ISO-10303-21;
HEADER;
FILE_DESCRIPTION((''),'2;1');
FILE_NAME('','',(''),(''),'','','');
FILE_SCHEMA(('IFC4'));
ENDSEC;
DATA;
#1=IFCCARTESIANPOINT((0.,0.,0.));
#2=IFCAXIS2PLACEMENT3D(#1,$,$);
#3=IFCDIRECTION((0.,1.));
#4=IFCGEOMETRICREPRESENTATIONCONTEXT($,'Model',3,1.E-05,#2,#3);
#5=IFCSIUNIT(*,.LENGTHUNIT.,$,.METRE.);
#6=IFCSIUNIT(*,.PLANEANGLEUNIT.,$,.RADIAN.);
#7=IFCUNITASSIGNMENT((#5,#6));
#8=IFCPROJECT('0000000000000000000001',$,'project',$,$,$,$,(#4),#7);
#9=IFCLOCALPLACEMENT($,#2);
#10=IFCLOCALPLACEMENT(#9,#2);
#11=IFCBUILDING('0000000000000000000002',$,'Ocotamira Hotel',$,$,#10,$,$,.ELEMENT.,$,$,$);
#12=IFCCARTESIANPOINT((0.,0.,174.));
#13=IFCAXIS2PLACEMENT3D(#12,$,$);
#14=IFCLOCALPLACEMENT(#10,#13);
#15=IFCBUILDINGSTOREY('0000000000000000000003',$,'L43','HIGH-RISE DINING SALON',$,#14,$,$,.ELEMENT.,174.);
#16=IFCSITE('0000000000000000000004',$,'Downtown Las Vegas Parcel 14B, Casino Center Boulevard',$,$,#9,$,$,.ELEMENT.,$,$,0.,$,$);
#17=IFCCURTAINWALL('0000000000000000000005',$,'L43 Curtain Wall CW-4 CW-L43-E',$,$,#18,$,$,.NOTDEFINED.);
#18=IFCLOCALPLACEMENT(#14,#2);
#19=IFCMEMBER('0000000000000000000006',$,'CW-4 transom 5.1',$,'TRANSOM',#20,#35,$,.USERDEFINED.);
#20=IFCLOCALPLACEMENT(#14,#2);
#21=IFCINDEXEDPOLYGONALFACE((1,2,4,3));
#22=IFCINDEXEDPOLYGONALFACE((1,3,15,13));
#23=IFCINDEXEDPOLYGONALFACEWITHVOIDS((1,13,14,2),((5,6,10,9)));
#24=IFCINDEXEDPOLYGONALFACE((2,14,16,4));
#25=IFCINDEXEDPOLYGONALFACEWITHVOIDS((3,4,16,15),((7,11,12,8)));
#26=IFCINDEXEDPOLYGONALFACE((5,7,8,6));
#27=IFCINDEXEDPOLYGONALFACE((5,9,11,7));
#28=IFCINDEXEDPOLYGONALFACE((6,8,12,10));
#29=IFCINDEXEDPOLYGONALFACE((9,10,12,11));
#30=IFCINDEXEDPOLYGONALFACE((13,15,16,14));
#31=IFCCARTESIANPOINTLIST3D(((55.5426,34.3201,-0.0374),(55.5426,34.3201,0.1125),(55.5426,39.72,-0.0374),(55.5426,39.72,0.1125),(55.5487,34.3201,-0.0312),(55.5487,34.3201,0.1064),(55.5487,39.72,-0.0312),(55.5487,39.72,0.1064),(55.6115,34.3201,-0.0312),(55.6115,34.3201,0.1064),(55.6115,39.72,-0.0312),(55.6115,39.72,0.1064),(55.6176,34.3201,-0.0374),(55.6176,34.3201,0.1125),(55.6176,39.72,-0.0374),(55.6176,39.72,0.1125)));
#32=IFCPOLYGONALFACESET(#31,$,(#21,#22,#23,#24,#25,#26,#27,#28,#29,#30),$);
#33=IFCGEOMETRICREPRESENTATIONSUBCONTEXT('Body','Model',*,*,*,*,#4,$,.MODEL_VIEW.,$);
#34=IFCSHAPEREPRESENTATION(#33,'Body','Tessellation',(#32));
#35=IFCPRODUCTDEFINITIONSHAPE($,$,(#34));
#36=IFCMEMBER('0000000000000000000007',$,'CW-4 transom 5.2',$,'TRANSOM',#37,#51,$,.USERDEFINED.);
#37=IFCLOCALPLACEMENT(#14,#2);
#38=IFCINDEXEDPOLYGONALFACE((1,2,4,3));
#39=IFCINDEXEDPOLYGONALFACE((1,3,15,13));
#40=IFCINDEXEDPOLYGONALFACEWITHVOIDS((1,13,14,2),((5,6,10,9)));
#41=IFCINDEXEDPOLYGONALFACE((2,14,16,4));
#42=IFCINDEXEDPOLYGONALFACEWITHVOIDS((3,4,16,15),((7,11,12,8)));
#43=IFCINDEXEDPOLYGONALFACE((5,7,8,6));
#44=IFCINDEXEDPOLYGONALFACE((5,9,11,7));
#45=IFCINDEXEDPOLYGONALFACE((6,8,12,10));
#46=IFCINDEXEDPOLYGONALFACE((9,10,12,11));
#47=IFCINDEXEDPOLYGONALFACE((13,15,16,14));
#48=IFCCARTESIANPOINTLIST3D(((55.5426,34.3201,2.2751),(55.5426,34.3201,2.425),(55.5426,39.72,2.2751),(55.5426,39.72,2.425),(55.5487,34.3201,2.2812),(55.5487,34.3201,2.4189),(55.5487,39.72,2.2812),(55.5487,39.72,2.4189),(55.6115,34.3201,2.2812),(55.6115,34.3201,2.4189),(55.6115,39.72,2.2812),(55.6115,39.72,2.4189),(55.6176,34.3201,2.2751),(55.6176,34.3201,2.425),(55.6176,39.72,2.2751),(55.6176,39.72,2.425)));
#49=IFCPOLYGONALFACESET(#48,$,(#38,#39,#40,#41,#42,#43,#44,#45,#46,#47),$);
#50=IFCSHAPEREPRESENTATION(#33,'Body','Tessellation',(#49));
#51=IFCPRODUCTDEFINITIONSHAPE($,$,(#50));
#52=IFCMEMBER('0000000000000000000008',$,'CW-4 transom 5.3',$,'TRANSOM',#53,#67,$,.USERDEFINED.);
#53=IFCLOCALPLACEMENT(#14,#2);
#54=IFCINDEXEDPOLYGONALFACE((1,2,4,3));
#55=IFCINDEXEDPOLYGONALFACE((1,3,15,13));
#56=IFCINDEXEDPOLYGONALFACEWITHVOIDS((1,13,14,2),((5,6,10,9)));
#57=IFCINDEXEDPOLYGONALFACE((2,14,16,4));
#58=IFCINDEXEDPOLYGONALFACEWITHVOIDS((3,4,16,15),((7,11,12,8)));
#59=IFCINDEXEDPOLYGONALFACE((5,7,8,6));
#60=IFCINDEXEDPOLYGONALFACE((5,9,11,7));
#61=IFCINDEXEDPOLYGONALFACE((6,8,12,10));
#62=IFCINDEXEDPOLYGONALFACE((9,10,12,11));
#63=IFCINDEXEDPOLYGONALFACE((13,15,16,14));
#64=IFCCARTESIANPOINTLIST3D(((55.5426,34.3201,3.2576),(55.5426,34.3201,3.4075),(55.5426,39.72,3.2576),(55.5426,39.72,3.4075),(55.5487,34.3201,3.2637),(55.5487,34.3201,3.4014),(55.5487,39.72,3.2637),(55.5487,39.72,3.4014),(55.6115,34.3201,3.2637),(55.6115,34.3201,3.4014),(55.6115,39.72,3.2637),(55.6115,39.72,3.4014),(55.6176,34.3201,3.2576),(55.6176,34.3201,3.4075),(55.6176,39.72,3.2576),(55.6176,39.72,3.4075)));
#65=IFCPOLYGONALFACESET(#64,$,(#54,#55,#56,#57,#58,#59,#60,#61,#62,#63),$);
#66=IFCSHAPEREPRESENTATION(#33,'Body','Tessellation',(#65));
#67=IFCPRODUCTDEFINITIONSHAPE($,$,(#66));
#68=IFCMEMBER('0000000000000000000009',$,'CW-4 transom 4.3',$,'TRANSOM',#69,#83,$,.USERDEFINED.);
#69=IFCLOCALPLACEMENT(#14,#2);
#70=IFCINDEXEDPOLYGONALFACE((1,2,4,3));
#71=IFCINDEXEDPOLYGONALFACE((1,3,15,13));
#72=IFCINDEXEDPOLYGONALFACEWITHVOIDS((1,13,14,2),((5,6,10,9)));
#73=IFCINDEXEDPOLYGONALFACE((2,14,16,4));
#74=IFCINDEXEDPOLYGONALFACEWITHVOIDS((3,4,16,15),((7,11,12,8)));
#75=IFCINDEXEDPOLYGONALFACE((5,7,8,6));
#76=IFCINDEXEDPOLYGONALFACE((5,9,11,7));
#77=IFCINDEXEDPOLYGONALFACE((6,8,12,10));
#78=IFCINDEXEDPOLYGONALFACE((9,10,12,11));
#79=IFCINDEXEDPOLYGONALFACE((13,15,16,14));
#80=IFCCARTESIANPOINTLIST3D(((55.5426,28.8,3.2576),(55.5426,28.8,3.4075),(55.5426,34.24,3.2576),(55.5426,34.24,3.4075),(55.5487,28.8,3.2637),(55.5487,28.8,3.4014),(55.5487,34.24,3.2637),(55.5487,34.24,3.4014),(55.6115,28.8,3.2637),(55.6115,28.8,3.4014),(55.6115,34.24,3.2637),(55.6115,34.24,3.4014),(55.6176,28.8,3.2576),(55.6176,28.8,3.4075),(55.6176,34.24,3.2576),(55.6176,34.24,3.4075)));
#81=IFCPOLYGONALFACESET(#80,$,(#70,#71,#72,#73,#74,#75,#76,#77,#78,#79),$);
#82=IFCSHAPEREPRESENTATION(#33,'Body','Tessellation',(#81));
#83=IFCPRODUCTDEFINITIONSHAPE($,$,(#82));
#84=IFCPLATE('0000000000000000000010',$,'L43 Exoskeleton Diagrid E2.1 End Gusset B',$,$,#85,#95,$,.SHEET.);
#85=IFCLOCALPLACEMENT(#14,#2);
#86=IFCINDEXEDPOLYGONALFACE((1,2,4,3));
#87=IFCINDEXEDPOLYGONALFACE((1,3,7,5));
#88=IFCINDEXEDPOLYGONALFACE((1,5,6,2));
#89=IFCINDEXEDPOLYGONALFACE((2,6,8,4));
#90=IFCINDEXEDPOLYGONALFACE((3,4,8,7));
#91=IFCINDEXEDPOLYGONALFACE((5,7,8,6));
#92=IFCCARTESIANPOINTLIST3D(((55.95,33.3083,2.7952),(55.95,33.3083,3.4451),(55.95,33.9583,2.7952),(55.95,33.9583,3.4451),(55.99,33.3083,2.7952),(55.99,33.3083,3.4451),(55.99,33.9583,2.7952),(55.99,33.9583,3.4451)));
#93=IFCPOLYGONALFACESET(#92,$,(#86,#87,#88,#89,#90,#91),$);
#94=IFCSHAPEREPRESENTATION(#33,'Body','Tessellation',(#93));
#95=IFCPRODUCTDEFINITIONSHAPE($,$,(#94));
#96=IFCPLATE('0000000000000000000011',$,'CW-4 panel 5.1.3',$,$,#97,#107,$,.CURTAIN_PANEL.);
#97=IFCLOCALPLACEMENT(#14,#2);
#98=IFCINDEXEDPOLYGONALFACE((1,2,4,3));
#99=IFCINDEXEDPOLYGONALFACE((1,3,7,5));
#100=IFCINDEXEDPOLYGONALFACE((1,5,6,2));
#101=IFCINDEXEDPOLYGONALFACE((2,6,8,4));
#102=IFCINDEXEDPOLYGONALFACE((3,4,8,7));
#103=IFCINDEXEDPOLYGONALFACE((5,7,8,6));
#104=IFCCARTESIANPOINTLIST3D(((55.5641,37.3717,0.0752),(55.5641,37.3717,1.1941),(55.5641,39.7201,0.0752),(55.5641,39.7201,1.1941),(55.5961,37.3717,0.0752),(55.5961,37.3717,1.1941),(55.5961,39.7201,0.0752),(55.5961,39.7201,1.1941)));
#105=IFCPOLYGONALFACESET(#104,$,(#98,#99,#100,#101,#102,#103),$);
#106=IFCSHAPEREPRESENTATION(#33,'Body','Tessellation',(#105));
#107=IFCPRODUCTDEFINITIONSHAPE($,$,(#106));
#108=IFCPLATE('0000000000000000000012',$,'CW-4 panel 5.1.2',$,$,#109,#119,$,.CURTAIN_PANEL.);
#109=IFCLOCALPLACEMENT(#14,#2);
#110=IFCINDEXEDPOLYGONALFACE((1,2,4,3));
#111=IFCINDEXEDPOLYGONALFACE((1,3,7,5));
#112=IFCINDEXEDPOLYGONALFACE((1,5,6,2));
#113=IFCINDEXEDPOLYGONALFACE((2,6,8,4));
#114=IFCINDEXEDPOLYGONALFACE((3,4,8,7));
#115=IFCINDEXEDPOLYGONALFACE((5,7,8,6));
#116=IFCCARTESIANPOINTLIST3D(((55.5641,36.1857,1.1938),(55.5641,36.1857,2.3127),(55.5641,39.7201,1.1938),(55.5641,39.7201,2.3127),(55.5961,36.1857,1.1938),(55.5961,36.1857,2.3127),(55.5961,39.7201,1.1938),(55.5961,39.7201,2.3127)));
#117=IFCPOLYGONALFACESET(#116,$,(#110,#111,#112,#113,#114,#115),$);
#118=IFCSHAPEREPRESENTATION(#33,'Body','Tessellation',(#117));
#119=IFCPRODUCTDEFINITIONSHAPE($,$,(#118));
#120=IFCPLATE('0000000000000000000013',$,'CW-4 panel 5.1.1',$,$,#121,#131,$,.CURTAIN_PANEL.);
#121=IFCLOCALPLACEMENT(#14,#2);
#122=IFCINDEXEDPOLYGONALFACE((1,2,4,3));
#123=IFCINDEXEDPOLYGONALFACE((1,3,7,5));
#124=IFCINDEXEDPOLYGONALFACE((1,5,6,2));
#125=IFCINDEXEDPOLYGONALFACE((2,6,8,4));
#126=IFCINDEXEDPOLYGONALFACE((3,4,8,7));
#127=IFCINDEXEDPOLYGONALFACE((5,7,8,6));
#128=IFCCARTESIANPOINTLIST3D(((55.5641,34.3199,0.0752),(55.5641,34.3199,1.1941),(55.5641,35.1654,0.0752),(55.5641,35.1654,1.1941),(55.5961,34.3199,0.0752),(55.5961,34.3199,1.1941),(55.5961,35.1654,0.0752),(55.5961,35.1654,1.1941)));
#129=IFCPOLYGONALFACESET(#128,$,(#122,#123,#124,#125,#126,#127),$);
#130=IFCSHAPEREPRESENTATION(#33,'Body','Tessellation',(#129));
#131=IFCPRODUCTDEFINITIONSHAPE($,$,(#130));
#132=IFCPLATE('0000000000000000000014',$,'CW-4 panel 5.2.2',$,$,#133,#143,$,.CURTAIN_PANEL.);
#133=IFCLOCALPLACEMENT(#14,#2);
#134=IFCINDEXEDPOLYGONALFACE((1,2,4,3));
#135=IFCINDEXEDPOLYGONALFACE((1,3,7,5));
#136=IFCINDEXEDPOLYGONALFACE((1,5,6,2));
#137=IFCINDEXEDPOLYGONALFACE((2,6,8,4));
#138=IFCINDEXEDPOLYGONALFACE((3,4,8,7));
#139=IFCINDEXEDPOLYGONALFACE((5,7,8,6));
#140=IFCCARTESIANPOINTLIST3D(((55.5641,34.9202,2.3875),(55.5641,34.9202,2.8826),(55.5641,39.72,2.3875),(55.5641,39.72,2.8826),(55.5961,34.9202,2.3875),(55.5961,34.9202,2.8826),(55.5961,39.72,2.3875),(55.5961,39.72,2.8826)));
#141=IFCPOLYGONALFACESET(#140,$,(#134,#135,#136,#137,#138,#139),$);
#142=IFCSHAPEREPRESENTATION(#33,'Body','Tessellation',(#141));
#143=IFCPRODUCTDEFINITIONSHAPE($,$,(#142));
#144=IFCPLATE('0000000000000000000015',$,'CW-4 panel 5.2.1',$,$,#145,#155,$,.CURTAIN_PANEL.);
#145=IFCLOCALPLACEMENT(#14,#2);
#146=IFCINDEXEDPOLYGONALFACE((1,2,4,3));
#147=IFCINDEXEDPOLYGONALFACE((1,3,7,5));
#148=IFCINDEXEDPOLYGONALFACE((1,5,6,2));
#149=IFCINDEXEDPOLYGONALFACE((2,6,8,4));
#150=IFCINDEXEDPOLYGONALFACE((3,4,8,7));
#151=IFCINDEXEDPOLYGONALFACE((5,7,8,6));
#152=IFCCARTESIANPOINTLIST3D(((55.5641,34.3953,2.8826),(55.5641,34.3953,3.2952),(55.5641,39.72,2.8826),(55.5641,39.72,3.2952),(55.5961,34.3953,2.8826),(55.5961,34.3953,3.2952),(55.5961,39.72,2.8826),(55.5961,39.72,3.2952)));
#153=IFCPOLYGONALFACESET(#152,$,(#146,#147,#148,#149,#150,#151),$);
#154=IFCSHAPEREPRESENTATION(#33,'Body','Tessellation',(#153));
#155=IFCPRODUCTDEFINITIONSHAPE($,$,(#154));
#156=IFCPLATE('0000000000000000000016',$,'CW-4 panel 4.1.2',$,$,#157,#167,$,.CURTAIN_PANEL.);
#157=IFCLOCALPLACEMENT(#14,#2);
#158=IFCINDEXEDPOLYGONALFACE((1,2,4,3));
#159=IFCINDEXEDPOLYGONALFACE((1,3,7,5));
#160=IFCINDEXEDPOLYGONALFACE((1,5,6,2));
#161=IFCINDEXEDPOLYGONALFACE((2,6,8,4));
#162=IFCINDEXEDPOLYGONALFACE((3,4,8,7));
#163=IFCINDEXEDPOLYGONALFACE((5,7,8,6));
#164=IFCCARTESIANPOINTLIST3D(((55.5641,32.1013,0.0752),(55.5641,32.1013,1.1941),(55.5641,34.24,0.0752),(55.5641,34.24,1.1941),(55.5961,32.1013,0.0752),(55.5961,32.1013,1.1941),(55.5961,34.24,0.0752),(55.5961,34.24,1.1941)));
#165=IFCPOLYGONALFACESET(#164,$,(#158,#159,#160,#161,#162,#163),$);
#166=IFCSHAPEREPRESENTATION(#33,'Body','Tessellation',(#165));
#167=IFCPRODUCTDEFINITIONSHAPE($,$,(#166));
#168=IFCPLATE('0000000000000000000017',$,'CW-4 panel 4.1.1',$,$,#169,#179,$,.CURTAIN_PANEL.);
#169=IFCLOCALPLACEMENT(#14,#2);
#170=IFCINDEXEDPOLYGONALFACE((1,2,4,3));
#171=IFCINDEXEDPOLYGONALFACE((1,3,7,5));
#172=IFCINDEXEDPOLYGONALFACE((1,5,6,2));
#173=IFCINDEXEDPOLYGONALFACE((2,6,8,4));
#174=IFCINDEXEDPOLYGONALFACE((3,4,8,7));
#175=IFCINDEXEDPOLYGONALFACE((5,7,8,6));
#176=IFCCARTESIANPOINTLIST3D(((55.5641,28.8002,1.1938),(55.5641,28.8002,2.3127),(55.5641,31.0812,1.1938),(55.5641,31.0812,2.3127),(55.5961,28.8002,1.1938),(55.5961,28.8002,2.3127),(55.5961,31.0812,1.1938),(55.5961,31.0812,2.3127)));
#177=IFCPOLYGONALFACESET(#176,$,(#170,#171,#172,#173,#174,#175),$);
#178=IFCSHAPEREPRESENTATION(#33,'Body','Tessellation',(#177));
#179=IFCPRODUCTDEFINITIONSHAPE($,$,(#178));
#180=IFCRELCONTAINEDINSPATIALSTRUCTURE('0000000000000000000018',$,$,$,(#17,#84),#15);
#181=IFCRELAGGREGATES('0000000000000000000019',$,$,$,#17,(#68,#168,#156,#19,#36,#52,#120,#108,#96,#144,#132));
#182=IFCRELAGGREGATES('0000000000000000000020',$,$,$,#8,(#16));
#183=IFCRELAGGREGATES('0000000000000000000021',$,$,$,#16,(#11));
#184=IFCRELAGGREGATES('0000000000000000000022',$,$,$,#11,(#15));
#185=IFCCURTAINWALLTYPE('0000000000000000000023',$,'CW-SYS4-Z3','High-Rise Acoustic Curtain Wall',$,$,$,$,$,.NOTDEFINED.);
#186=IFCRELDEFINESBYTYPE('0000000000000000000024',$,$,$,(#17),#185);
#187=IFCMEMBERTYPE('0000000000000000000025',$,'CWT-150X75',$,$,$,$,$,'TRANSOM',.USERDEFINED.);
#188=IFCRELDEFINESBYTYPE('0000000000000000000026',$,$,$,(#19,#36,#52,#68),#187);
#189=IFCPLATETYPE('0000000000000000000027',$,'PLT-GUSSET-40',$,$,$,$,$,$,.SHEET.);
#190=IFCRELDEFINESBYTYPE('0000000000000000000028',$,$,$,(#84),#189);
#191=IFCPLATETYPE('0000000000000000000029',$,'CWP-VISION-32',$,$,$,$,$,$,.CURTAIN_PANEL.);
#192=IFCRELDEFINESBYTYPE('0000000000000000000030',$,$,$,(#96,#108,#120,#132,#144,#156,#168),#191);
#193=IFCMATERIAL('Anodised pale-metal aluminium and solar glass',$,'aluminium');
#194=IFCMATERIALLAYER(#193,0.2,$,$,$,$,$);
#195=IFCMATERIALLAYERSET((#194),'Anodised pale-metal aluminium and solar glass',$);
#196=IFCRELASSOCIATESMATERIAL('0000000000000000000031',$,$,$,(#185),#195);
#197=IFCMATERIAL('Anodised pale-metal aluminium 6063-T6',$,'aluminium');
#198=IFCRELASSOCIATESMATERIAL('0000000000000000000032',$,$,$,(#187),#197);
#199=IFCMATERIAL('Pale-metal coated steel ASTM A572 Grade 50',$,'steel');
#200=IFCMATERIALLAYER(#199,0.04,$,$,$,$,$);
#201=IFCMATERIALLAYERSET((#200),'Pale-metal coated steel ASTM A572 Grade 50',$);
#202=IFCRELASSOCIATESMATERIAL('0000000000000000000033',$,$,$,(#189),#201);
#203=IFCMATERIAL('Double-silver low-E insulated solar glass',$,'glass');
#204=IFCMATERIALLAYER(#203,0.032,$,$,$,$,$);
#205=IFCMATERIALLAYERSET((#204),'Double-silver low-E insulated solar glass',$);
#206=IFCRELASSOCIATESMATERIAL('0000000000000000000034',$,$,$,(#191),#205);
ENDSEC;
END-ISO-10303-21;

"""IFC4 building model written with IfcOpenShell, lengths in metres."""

from ifc_helpers import new_model, si_unit, direction, frame, origin, origin_2d, place, context, subcontext, project, spatial, rectangle, hollow_rectangle, extrude, source, transform, mapped, material, layer, layer_set, material_profile, profile_set, type_object, element, aggregate, save


model = new_model("IFC4")

# Units and contexts
model_context = context("Model", 3, precision=1e-05, world=origin(), true_north=direction((0.0, 1.0)))
body_context = subcontext(model_context, "Body", "Model", "MODEL_VIEW")
ifc_project = project(units=[si_unit("LENGTHUNIT", "METRE"), si_unit("PLANEANGLEUNIT", "RADIAN")], contexts=[model_context])

# Site, building, storey
site_placement = place(None, origin())
site = spatial("IfcSite", under=ifc_project, at=site_placement, Name="Downtown Las Vegas Parcel 14B, Casino Center Boulevard", CompositionType="ELEMENT", RefElevation=0.0)
building_placement = place(site_placement, origin())
building = spatial("IfcBuilding", under=site, at=building_placement, Name="Ocotamira Hotel", CompositionType="ELEMENT")
storey_placement = place(building_placement, frame((0.0, 0.0, 174.0)))
storey = spatial("IfcBuildingStorey", under=building, at=storey_placement, Name="L43", Description="HIGH-RISE DINING SALON", CompositionType="ELEMENT", Elevation=174.0)

# Curtain wall, members
ifc_material_1 = material(Name="Anodised pale-metal aluminium and solar glass", Category="aluminium")
ifc_layer_1 = layer(ifc_material_1, 0.2)
ifc_layer_set_1 = layer_set([ifc_layer_1], Name="Anodised pale-metal aluminium and solar glass")
curtain_wall_type = type_object("IfcCurtainWallType", Name="CW-SYS4-Z3", Description="High-Rise Acoustic Curtain Wall", PredefinedType="NOTDEFINED", material=ifc_layer_set_1)
curtain_wall_placement = place(storey_placement, origin())
curtain_wall = element("IfcCurtainWall", 1, at=curtain_wall_placement, inside=storey, type_object=curtain_wall_type, Name="L43 Curtain Wall CW-4 CW-L43-E", PredefinedType="NOTDEFINED")
ifc_material_2 = material(Name="Anodised pale-metal aluminium 6063-T6", Category="aluminium")
ifc_material_profile_1 = material_profile(ifc_material_2, hollow_rectangle(XDim=0.075, YDim=0.1499, WallThickness=0.0061, at=origin_2d()), Name="HSS150X75X6")
ifc_profile_set_1 = profile_set([ifc_material_profile_1], Name="Anodised pale-metal aluminium 6063-T6")
member_type_1 = type_object("IfcMemberType", Name="CWT-150X75", ElementType="TRANSOM", PredefinedType="USERDEFINED", material=ifc_profile_set_1)
shared_shape_1 = source(origin(), body_context, "Body", "SweptSolid", [
    extrude(hollow_rectangle(XDim=0.075, YDim=0.1499, WallThickness=0.0061, at=origin_2d()), origin(), (0.0, 0.0, 1.0), 5.3999),
])
member_1_placement = place(storey_placement, frame((55.5801, 34.3201, 0.0376), z_axis=(0.0, 1.0, 0.0), x_axis=(-1.0, 0.0, 0.0)))
member_1 = element("IfcMember", 2, at=member_1_placement, type_object=member_type_1, Name="CW-4 transom 5.1", ObjectType="TRANSOM", PredefinedType="USERDEFINED", context=body_context, shape_type="MappedRepresentation", body=[
    mapped(shared_shape_1, transform((0.0, 0.0, 0.0), scale=1.0)),
])
member_2_placement = place(storey_placement, frame((55.5801, 34.3201, 2.3501), z_axis=(0.0, 1.0, 0.0), x_axis=(-1.0, 0.0, 0.0)))
member_2 = element("IfcMember", 3, at=member_2_placement, type_object=member_type_1, Name="CW-4 transom 5.2", ObjectType="TRANSOM", PredefinedType="USERDEFINED", context=body_context, shape_type="MappedRepresentation", body=[
    mapped(shared_shape_1, transform((0.0, 0.0, 0.0), scale=1.0)),
])
member_3_placement = place(storey_placement, frame((55.5801, 34.3201, 3.3325), z_axis=(0.0, 1.0, 0.0), x_axis=(-1.0, 0.0, 0.0)))
member_3 = element("IfcMember", 4, at=member_3_placement, type_object=member_type_1, Name="CW-4 transom 5.3", ObjectType="TRANSOM", PredefinedType="USERDEFINED", context=body_context, shape_type="MappedRepresentation", body=[
    mapped(shared_shape_1, transform((0.0, 0.0, 0.0), scale=1.0)),
])
shared_shape_2 = source(origin(), body_context, "Body", "SweptSolid", [
    extrude(hollow_rectangle(XDim=0.075, YDim=0.1499, WallThickness=0.0061, at=origin_2d()), origin(), (0.0, 0.0, 1.0), 5.4399),
])
member_4_placement = place(storey_placement, frame((55.5801, 28.8, 3.3325), z_axis=(0.0, 1.0, 0.0), x_axis=(-1.0, 0.0, 0.0)))
member_4 = element("IfcMember", 5, at=member_4_placement, type_object=member_type_1, Name="CW-4 transom 4.3", ObjectType="TRANSOM", PredefinedType="USERDEFINED", context=body_context, shape_type="MappedRepresentation", body=[
    mapped(shared_shape_2, transform((0.0, 0.0, 0.0), scale=1.0)),
])

# Plates
ifc_material_3 = material(Name="Pale-metal coated steel ASTM A572 Grade 50", Category="steel")
ifc_layer_2 = layer(ifc_material_3, 0.04)
ifc_layer_set_2 = layer_set([ifc_layer_2], Name="Pale-metal coated steel ASTM A572 Grade 50")
plate_type_1 = type_object("IfcPlateType", Name="PLT-GUSSET-40", PredefinedType="SHEET", material=ifc_layer_set_2)
shared_shape_3 = source(origin(), body_context, "Body", "SweptSolid", [
    extrude(rectangle(XDim=0.04, YDim=0.6499, at=origin_2d()), origin(), (0.0, 0.0, 1.0), 0.6499),
])
plate_1_placement = place(storey_placement, frame((55.97, 33.6333, 2.7952), z_axis=(0.0, 0.0, 1.0), x_axis=(1.0, 0.0, 0.0)))
element("IfcPlate", 6, at=plate_1_placement, inside=storey, type_object=plate_type_1, Name="L43 Exoskeleton Diagrid E2.1 End Gusset B", PredefinedType="SHEET", context=body_context, shape_type="MappedRepresentation", body=[
    mapped(shared_shape_3, transform((0.0, 0.0, 0.0), scale=1.0)),
])
ifc_material_4 = material(Name="Double-silver low-E insulated solar glass", Category="glass")
ifc_layer_3 = layer(ifc_material_4, 0.032)
ifc_layer_set_3 = layer_set([ifc_layer_3], Name="Double-silver low-E insulated solar glass")
plate_type_2 = type_object("IfcPlateType", Name="CWP-VISION-32", PredefinedType="CURTAIN_PANEL", material=ifc_layer_set_3)
shared_shape_4 = source(origin(), body_context, "Body", "SweptSolid", [
    extrude(rectangle(XDim=2.3484, YDim=0.032, at=origin_2d()), origin(), (0.0, 0.0, 1.0), 1.1189),
])
plate_2_placement = place(storey_placement, frame((55.5801, 38.5459, 0.0752), z_axis=(0.0, 0.0, 1.0), x_axis=(0.0, 1.0, 0.0)))
plate_2 = element("IfcPlate", 7, at=plate_2_placement, type_object=plate_type_2, Name="CW-4 panel 5.1.3", PredefinedType="CURTAIN_PANEL", context=body_context, shape_type="MappedRepresentation", body=[
    mapped(shared_shape_4, transform((0.0, 0.0, 0.0), scale=1.0)),
])
shared_shape_5 = source(origin(), body_context, "Body", "SweptSolid", [
    extrude(rectangle(XDim=3.5344, YDim=0.032, at=origin_2d()), origin(), (0.0, 0.0, 1.0), 1.1189),
])
plate_3_placement = place(storey_placement, frame((55.5801, 37.9529, 1.1938), z_axis=(0.0, 0.0, 1.0), x_axis=(0.0, 1.0, 0.0)))
plate_3 = element("IfcPlate", 8, at=plate_3_placement, type_object=plate_type_2, Name="CW-4 panel 5.1.2", PredefinedType="CURTAIN_PANEL", context=body_context, shape_type="MappedRepresentation", body=[
    mapped(shared_shape_5, transform((0.0, 0.0, 0.0), scale=1.0)),
])
shared_shape_6 = source(origin(), body_context, "Body", "SweptSolid", [
    extrude(rectangle(XDim=0.8455, YDim=0.032, at=origin_2d()), origin(), (0.0, 0.0, 1.0), 1.1189),
])
plate_4_placement = place(storey_placement, frame((55.5801, 34.7427, 0.0752), z_axis=(0.0, 0.0, 1.0), x_axis=(0.0, 1.0, 0.0)))
plate_4 = element("IfcPlate", 9, at=plate_4_placement, type_object=plate_type_2, Name="CW-4 panel 5.1.1", PredefinedType="CURTAIN_PANEL", context=body_context, shape_type="MappedRepresentation", body=[
    mapped(shared_shape_6, transform((0.0, 0.0, 0.0), scale=1.0)),
])
shared_shape_7 = source(origin(), body_context, "Body", "SweptSolid", [
    extrude(rectangle(XDim=4.7998, YDim=0.032, at=origin_2d()), origin(), (0.0, 0.0, 1.0), 0.4951),
])
plate_5_placement = place(storey_placement, frame((55.5801, 37.3201, 2.3875), z_axis=(0.0, 0.0, 1.0), x_axis=(0.0, 1.0, 0.0)))
plate_5 = element("IfcPlate", 10, at=plate_5_placement, type_object=plate_type_2, Name="CW-4 panel 5.2.2", PredefinedType="CURTAIN_PANEL", context=body_context, shape_type="MappedRepresentation", body=[
    mapped(shared_shape_7, transform((0.0, 0.0, 0.0), scale=1.0)),
])
shared_shape_8 = source(origin(), body_context, "Body", "SweptSolid", [
    extrude(rectangle(XDim=5.3247, YDim=0.032, at=origin_2d()), origin(), (0.0, 0.0, 1.0), 0.4126),
])
plate_6_placement = place(storey_placement, frame((55.5801, 37.0576, 2.8826), z_axis=(0.0, 0.0, 1.0), x_axis=(0.0, 1.0, 0.0)))
plate_6 = element("IfcPlate", 11, at=plate_6_placement, type_object=plate_type_2, Name="CW-4 panel 5.2.1", PredefinedType="CURTAIN_PANEL", context=body_context, shape_type="MappedRepresentation", body=[
    mapped(shared_shape_8, transform((0.0, 0.0, 0.0), scale=1.0)),
])
shared_shape_9 = source(origin(), body_context, "Body", "SweptSolid", [
    extrude(rectangle(XDim=2.1387, YDim=0.032, at=origin_2d()), origin(), (0.0, 0.0, 1.0), 1.1189),
])
plate_7_placement = place(storey_placement, frame((55.5801, 33.1707, 0.0752), z_axis=(0.0, 0.0, 1.0), x_axis=(0.0, 1.0, 0.0)))
plate_7 = element("IfcPlate", 12, at=plate_7_placement, type_object=plate_type_2, Name="CW-4 panel 4.1.2", PredefinedType="CURTAIN_PANEL", context=body_context, shape_type="MappedRepresentation", body=[
    mapped(shared_shape_9, transform((0.0, 0.0, 0.0), scale=1.0)),
])
shared_shape_10 = source(origin(), body_context, "Body", "SweptSolid", [
    extrude(rectangle(XDim=2.281, YDim=0.032, at=origin_2d()), origin(), (0.0, 0.0, 1.0), 1.1189),
])
plate_8_placement = place(storey_placement, frame((55.5801, 29.9407, 1.1938), z_axis=(0.0, 0.0, 1.0), x_axis=(0.0, 1.0, 0.0)))
plate_8 = element("IfcPlate", 13, at=plate_8_placement, type_object=plate_type_2, Name="CW-4 panel 4.1.1", PredefinedType="CURTAIN_PANEL", context=body_context, shape_type="MappedRepresentation", body=[
    mapped(shared_shape_10, transform((0.0, 0.0, 0.0), scale=1.0)),
])
aggregate(curtain_wall, [member_4, plate_8, plate_7, member_1, member_2, member_3, plate_4, plate_3, plate_2, plate_6, plate_5])

save(model, "model.ifc")
